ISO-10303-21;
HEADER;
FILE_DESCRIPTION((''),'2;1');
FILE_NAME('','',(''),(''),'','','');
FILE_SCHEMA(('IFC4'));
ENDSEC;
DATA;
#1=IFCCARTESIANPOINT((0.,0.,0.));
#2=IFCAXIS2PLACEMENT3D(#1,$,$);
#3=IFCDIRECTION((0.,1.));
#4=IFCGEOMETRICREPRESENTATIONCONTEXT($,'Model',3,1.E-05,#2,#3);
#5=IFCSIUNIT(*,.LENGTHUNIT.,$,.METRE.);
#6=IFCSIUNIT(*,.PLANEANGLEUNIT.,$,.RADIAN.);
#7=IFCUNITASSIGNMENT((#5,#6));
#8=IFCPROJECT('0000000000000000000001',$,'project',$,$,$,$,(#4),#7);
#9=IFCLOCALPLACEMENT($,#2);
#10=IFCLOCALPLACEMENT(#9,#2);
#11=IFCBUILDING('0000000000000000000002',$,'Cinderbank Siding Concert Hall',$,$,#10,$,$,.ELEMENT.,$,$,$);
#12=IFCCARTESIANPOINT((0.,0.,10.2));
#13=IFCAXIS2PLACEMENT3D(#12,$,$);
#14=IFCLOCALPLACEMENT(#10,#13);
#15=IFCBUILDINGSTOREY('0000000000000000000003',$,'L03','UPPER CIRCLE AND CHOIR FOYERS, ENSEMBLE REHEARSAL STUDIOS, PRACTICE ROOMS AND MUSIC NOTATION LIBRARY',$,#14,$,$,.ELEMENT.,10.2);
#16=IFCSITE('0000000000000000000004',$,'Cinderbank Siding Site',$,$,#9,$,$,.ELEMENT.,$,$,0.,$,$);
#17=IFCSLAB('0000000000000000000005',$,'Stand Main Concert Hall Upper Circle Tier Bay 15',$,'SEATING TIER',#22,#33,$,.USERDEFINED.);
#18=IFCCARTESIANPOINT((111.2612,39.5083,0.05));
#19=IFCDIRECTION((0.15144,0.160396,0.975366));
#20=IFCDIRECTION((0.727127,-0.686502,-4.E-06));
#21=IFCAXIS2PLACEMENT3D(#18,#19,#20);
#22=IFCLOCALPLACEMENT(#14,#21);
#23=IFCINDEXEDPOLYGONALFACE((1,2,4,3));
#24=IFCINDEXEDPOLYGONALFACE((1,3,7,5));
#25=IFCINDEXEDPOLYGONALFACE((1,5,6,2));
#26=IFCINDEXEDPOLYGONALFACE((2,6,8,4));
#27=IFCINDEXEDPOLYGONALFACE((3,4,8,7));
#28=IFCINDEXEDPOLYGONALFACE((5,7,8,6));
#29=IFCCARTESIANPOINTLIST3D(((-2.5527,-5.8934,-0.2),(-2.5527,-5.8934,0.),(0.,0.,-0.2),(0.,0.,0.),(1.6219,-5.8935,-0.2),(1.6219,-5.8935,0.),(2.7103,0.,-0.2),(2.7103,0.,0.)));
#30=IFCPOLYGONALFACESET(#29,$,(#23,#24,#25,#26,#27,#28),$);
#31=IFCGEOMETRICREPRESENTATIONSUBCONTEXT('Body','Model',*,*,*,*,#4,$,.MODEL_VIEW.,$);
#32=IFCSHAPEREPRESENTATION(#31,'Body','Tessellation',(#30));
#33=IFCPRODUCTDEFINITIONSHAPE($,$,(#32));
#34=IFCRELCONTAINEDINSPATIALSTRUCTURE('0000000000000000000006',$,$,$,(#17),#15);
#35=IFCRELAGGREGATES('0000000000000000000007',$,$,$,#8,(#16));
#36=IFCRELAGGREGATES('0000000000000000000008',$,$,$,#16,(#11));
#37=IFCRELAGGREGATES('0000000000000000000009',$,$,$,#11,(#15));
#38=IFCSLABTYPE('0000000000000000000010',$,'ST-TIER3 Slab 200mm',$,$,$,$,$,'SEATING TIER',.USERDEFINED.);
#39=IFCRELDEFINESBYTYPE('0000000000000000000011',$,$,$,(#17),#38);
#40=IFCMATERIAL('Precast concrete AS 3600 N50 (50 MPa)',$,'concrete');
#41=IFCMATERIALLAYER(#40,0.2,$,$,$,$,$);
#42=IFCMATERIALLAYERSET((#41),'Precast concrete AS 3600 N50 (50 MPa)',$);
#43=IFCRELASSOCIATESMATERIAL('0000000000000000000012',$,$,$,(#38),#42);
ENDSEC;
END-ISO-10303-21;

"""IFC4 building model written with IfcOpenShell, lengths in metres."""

from ifc_helpers import new_model, si_unit, direction, frame, origin, place, context, subcontext, project, spatial, polyline, outline, extrude, material, layer, layer_set, type_object, element, save


model = new_model("IFC4")

# Units and contexts
model_context = context("Model", 3, precision=1e-05, world=origin(), true_north=direction((0.0, 1.0)))
body_context = subcontext(model_context, "Body", "Model", "MODEL_VIEW")
ifc_project = project(units=[si_unit("LENGTHUNIT", "METRE"), si_unit("PLANEANGLEUNIT", "RADIAN")], contexts=[model_context])

# Site, building, storey
site_placement = place(None, origin())
site = spatial("IfcSite", under=ifc_project, at=site_placement, Name="Cinderbank Siding Site", CompositionType="ELEMENT", RefElevation=0.0)
building_placement = place(site_placement, origin())
building = spatial("IfcBuilding", under=site, at=building_placement, Name="Cinderbank Siding Concert Hall", CompositionType="ELEMENT")
storey_placement = place(building_placement, frame((0.0, 0.0, 10.2)))
storey = spatial("IfcBuildingStorey", under=building, at=storey_placement, Name="L03", Description="UPPER CIRCLE AND CHOIR FOYERS, ENSEMBLE REHEARSAL STUDIOS, PRACTICE ROOMS AND MUSIC NOTATION LIBRARY", CompositionType="ELEMENT", Elevation=10.2)

# Slab
ifc_material_1 = material(Name="Precast concrete AS 3600 N50 (50 MPa)", Category="concrete")
ifc_layer_1 = layer(ifc_material_1, 0.2)
ifc_layer_set_1 = layer_set([ifc_layer_1], Name="Precast concrete AS 3600 N50 (50 MPa)")
slab_type = type_object("IfcSlabType", Name="ST-TIER3 Slab 200mm", ElementType="SEATING TIER", PredefinedType="USERDEFINED", material=ifc_layer_set_1)
slab_1_placement = place(storey_placement, frame((111.2612, 39.5083, 0.05), z_axis=(0.15144, 0.160396, 0.975366), x_axis=(0.727127, -0.686502, -0.000004)))
element("IfcSlab", 1, at=slab_1_placement, inside=storey, type_object=slab_type, Name="Stand Main Concert Hall Upper Circle Tier Bay 15", ObjectType="SEATING TIER", PredefinedType="USERDEFINED", context=body_context, shape_type="SweptSolid", body=[
    extrude(outline(polyline([(0.0, 0.0), (2.7103, 0.0), (1.6219, -5.8935), (-2.5527, -5.8934), (0.0, 0.0)])), origin(), (0.0, 0.0, -1.0), 0.2),
])

save(model, "model.ifc")
